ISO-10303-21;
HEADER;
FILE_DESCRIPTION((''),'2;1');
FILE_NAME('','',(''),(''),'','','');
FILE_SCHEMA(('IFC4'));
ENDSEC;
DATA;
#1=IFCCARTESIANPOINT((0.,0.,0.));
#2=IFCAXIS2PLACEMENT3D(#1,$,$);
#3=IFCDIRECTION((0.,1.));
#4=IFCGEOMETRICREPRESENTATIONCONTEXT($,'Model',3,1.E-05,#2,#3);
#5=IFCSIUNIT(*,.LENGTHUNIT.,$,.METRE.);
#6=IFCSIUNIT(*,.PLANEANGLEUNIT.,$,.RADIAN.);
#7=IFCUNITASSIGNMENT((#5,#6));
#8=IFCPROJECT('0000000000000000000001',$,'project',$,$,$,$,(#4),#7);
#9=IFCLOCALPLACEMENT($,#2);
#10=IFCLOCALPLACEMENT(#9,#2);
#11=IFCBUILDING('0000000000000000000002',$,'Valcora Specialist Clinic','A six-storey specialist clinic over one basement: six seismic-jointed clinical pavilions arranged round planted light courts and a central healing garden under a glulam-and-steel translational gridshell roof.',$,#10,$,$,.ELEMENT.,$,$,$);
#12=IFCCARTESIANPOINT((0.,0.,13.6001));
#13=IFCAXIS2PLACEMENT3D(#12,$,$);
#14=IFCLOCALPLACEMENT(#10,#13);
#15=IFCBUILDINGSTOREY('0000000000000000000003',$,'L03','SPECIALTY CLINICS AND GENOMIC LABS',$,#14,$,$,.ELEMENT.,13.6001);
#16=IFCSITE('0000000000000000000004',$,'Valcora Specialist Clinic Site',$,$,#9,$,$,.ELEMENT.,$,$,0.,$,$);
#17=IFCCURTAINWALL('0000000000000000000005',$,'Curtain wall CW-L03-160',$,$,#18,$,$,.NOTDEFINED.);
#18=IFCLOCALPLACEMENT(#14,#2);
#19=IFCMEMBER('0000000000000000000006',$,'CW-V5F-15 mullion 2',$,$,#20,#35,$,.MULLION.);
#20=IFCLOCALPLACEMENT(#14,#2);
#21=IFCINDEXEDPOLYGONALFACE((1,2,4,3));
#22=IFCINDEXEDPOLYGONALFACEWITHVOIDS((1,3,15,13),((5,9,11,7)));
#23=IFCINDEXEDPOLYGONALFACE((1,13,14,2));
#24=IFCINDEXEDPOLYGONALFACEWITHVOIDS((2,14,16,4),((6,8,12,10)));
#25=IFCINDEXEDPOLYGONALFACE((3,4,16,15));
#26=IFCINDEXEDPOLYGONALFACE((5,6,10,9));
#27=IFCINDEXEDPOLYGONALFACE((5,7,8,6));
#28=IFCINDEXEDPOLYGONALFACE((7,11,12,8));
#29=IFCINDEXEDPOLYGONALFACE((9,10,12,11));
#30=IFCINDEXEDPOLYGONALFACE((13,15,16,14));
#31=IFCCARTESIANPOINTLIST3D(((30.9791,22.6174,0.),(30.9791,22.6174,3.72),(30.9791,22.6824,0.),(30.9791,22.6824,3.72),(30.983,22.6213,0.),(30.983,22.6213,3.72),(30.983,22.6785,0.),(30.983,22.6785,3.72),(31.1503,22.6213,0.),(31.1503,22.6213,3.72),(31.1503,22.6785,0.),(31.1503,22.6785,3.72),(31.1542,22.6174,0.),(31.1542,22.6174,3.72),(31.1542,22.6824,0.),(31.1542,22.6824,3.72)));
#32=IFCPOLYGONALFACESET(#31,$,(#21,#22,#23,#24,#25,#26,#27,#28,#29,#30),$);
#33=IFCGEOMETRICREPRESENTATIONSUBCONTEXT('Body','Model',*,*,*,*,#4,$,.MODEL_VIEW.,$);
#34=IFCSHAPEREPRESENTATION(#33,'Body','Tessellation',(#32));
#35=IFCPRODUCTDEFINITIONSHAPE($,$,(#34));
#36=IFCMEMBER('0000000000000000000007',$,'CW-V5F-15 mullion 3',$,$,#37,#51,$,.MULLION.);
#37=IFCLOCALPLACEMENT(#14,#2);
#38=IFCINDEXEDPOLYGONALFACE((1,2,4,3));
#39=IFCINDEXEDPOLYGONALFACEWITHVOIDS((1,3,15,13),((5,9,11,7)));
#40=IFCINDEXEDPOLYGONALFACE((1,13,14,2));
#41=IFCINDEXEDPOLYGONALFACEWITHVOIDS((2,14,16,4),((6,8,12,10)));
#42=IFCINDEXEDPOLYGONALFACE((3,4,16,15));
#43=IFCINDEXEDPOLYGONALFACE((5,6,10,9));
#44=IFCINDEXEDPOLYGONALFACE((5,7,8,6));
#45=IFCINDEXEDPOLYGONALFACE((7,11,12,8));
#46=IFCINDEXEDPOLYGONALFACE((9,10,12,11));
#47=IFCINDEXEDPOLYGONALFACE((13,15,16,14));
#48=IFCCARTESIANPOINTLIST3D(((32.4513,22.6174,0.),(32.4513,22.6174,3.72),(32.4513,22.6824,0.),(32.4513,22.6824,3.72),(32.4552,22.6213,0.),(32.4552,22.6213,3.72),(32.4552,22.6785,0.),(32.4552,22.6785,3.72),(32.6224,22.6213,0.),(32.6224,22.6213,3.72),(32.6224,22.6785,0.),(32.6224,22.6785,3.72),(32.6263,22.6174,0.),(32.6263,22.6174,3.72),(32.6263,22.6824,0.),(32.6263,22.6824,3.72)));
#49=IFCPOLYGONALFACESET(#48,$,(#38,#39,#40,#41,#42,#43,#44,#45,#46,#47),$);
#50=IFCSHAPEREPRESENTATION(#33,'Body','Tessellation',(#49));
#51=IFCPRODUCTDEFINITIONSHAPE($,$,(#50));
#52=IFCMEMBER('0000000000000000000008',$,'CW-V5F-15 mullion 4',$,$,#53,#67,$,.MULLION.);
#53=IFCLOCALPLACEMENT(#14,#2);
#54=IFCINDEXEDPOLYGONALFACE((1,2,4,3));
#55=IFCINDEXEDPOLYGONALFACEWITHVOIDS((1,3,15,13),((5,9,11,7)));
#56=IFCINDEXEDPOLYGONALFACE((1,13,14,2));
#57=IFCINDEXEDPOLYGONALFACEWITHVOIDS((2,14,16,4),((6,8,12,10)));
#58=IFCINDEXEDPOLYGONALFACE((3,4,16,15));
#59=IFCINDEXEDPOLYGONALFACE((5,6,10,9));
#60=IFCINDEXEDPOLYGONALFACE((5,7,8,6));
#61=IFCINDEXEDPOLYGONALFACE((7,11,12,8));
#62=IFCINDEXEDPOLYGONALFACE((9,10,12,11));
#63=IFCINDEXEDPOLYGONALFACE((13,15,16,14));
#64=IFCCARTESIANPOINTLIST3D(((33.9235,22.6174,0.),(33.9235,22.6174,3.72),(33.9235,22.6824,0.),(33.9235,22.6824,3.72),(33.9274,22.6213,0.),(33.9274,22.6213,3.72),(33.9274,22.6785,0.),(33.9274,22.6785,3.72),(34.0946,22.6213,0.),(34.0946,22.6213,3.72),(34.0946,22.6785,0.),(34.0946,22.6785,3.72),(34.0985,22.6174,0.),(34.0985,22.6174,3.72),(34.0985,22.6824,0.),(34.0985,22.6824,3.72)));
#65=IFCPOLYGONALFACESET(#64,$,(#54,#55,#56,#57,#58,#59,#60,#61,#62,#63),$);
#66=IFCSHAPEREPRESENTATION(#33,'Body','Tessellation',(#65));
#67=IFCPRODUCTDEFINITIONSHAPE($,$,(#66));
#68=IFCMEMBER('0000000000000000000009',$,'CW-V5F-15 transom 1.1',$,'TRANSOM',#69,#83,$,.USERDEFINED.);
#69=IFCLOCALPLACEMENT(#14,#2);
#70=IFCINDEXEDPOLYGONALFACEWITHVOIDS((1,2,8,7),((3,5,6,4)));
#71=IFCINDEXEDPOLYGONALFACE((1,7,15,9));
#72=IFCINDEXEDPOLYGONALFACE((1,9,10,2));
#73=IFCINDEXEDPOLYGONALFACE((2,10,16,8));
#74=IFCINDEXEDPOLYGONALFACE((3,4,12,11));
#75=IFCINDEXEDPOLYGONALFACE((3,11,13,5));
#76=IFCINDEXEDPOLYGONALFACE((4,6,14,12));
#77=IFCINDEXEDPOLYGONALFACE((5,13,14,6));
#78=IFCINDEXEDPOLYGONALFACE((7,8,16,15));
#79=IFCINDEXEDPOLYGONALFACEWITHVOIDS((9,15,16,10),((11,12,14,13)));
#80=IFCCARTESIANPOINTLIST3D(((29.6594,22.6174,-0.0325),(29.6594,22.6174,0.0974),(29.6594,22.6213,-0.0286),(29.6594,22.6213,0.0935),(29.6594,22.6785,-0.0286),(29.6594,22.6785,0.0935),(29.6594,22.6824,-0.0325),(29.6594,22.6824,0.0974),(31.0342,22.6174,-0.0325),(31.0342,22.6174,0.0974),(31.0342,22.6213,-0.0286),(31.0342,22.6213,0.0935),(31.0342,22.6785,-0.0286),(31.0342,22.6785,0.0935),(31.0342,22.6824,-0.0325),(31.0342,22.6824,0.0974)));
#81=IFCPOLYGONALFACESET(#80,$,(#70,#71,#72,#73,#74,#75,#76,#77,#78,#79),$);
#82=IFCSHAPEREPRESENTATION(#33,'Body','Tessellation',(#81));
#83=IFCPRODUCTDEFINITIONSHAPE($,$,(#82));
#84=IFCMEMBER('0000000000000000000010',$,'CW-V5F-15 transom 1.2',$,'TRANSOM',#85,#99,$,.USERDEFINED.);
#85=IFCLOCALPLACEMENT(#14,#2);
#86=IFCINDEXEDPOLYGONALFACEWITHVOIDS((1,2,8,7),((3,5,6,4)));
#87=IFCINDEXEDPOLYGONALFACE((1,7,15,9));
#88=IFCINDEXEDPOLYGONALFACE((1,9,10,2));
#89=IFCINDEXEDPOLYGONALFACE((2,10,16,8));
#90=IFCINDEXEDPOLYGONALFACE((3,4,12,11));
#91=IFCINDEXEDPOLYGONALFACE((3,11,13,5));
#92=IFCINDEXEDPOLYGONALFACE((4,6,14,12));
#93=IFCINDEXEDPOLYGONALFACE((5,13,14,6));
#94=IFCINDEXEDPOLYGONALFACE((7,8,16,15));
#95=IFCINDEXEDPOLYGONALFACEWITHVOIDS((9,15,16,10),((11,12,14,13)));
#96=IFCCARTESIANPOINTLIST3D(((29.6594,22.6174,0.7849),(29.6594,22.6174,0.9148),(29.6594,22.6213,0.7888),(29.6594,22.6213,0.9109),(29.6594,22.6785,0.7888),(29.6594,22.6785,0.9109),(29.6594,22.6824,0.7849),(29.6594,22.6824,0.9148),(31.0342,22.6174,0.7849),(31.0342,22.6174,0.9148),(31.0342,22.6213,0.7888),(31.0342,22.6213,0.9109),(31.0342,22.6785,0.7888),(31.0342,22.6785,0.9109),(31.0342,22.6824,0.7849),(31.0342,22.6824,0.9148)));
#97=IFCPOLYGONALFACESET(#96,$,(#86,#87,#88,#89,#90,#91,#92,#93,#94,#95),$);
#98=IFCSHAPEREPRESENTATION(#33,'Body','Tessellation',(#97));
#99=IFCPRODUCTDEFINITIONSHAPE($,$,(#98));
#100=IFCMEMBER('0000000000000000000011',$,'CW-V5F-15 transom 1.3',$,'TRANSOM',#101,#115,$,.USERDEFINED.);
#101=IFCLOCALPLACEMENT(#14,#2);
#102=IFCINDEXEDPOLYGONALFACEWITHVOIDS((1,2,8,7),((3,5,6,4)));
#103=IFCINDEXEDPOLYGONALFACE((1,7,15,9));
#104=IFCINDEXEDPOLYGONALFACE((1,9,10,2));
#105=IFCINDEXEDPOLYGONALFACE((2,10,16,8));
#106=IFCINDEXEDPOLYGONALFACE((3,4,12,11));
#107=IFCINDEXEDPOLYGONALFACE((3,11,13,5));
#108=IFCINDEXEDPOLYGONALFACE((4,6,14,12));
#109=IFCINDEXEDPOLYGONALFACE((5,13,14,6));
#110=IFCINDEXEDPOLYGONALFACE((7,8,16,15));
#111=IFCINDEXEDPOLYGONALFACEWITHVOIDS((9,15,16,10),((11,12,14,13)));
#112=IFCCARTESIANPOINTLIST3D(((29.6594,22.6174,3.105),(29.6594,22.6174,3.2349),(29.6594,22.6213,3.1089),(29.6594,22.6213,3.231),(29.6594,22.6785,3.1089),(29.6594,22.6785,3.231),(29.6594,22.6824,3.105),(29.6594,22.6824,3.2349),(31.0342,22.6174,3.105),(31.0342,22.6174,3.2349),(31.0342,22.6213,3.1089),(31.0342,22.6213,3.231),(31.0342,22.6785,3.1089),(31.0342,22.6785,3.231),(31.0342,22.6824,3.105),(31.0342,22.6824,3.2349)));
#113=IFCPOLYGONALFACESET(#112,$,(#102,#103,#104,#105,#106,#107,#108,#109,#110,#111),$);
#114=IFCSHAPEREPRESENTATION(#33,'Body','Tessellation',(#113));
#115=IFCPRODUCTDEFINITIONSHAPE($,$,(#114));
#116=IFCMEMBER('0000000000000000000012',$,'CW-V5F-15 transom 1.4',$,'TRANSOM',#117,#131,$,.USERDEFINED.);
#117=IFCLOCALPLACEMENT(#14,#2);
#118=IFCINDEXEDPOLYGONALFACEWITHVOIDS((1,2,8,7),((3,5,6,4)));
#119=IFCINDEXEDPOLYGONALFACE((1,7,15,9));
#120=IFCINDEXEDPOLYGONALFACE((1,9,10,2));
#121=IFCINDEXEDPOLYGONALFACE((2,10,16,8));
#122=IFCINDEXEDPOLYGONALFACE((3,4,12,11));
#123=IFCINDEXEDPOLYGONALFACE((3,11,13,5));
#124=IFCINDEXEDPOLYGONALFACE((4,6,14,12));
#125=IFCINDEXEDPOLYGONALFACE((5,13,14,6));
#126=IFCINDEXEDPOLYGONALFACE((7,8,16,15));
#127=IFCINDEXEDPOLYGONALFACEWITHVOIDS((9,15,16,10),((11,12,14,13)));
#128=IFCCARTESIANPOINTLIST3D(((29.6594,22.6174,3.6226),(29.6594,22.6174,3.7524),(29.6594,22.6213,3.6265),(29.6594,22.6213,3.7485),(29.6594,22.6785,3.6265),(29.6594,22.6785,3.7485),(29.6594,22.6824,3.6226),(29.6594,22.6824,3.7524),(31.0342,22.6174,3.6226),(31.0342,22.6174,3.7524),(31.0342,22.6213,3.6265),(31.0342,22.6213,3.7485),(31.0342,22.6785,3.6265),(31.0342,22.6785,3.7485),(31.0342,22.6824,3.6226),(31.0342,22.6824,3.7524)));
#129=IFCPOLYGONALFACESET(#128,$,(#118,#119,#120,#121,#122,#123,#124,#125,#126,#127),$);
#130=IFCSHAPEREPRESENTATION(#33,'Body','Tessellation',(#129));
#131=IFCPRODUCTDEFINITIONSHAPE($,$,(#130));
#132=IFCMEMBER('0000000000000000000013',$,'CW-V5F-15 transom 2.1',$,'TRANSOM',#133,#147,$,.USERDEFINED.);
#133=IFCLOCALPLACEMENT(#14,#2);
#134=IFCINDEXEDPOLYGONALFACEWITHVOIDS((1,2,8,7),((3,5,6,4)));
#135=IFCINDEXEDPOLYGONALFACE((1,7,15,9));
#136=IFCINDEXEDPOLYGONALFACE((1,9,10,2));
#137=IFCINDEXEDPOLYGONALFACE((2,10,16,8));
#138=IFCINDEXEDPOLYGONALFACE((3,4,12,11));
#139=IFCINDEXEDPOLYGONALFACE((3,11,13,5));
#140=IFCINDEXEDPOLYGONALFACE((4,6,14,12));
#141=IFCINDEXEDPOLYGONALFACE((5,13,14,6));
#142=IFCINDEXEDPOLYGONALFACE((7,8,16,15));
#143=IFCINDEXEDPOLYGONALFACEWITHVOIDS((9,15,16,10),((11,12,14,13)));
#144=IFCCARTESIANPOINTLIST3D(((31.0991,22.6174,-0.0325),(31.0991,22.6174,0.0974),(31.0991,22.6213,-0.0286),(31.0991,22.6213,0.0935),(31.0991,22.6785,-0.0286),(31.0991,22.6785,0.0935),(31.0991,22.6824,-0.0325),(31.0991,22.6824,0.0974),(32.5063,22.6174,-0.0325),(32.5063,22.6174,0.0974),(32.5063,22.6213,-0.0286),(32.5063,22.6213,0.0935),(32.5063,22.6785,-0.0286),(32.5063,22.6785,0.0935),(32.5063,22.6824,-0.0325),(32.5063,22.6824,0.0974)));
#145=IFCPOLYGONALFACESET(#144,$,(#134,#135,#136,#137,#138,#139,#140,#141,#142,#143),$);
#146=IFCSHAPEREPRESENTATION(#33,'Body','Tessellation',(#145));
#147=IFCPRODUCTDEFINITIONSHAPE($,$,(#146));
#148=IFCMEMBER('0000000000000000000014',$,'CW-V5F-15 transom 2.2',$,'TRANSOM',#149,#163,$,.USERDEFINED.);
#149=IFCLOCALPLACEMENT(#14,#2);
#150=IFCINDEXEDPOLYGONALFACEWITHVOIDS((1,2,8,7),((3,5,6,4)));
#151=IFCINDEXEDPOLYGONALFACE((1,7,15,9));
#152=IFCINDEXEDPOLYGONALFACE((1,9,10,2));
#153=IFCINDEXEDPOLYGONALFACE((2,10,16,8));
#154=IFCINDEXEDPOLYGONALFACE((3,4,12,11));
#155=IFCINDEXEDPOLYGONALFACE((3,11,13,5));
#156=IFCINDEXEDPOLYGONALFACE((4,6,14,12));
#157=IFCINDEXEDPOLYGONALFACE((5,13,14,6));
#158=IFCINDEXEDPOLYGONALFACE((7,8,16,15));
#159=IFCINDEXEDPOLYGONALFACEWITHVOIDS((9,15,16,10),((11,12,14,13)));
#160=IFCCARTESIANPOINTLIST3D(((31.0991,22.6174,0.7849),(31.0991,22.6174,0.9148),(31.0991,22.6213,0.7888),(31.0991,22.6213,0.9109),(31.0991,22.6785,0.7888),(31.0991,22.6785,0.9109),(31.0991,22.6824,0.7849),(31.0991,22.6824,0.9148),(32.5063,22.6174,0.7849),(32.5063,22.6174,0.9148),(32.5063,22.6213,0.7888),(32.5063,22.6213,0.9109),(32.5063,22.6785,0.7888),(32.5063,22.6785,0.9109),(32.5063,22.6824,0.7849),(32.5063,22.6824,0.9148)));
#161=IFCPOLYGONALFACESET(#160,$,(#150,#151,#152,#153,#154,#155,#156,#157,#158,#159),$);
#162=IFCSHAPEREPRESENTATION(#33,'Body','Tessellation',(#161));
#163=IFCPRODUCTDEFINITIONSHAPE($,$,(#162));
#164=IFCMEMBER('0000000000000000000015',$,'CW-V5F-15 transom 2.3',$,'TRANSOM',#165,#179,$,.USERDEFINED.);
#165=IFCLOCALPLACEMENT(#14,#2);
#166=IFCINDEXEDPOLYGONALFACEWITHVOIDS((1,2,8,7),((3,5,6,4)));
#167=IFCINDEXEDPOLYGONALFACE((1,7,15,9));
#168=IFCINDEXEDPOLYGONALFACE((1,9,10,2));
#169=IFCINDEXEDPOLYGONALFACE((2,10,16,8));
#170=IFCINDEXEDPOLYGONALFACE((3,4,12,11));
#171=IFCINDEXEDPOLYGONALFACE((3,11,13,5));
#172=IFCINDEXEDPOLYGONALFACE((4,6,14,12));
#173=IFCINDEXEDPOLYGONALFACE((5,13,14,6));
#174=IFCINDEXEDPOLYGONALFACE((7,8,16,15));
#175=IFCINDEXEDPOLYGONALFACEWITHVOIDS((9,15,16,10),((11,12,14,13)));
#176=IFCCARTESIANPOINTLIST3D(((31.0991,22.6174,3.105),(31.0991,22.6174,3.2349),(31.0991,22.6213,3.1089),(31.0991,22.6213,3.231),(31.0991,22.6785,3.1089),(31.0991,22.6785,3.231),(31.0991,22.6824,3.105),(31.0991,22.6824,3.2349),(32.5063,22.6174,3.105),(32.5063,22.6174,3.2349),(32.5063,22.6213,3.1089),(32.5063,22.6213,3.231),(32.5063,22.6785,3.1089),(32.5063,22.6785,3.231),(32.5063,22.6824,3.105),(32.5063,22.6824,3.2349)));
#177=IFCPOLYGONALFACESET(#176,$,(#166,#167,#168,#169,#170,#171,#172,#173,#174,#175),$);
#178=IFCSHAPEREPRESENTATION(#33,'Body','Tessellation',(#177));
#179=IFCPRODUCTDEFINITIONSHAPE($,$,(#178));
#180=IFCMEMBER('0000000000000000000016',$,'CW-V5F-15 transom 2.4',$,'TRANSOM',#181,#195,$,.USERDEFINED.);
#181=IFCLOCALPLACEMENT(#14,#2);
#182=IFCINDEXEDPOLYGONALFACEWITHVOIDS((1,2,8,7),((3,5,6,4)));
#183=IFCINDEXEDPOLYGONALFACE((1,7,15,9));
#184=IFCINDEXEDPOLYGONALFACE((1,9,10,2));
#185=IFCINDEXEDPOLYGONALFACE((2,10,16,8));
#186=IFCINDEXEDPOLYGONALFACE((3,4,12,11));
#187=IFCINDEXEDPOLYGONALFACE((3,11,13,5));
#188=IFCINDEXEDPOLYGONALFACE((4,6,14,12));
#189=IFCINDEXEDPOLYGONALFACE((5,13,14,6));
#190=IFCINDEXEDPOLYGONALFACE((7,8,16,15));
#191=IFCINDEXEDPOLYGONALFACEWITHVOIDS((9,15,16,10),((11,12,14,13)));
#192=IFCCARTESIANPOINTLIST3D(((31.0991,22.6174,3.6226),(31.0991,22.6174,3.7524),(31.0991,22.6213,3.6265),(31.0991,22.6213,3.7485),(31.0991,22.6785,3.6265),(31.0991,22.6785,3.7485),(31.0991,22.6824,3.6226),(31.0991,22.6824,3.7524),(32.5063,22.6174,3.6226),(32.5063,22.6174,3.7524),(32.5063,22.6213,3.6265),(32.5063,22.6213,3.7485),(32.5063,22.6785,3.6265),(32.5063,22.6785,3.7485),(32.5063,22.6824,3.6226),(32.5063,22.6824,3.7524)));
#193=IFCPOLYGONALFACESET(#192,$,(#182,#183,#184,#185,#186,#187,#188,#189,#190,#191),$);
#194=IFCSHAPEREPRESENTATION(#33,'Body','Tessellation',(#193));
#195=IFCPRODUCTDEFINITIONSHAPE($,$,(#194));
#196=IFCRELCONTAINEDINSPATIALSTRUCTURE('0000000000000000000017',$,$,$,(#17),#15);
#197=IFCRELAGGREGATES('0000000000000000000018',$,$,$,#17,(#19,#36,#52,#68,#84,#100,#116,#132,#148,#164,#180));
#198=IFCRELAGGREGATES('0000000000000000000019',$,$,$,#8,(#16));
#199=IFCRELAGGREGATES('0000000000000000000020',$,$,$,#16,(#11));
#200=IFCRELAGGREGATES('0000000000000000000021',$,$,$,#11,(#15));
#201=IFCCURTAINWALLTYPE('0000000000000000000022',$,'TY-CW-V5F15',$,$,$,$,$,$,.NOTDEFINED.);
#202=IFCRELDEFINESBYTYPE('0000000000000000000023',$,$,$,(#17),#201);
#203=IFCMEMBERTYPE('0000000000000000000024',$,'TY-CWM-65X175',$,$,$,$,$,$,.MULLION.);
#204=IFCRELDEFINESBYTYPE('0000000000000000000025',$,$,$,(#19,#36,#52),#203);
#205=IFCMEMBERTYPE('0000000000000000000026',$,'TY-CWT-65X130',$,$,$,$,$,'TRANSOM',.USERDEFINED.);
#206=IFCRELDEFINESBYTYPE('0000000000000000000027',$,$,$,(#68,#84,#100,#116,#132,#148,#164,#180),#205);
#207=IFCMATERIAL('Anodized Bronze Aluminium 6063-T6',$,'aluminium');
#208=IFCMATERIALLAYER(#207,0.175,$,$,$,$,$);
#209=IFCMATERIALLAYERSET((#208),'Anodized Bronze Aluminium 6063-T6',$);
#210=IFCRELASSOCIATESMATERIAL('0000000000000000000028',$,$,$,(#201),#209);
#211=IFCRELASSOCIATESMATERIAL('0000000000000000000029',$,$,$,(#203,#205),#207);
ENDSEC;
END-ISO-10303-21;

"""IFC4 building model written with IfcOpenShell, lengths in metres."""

from ifc_helpers import new_model, si_unit, direction, frame, origin, origin_2d, place, context, subcontext, project, spatial, hollow_rectangle, extrude, material, layer, layer_set, material_profile, profile_set, type_object, element, aggregate, save


model = new_model("IFC4")

# Units and contexts
model_context = context("Model", 3, precision=1e-05, world=origin(), true_north=direction((0.0, 1.0)))
body_context = subcontext(model_context, "Body", "Model", "MODEL_VIEW")
ifc_project = project(units=[si_unit("LENGTHUNIT", "METRE"), si_unit("PLANEANGLEUNIT", "RADIAN")], contexts=[model_context])

# Site, building, storey
site_placement = place(None, origin())
site = spatial("IfcSite", under=ifc_project, at=site_placement, Name="Valcora Specialist Clinic Site", CompositionType="ELEMENT", RefElevation=0.0)
building_placement = place(site_placement, origin())
building = spatial("IfcBuilding", under=site, at=building_placement, Name="Valcora Specialist Clinic", Description="A six-storey specialist clinic over one basement: six seismic-jointed clinical pavilions arranged round planted light courts and a central healing garden under a glulam-and-steel translational gridshell roof.", CompositionType="ELEMENT")
storey_placement = place(building_placement, frame((0.0, 0.0, 13.6001)))
storey = spatial("IfcBuildingStorey", under=building, at=storey_placement, Name="L03", Description="SPECIALTY CLINICS AND GENOMIC LABS", CompositionType="ELEMENT", Elevation=13.6001)

# Curtain wall, members
ifc_material_1 = material(Name="Anodized Bronze Aluminium 6063-T6", Category="aluminium")
ifc_layer_1 = layer(ifc_material_1, 0.175)
ifc_layer_set_1 = layer_set([ifc_layer_1], Name="Anodized Bronze Aluminium 6063-T6")
curtain_wall_type = type_object("IfcCurtainWallType", Name="TY-CW-V5F15", PredefinedType="NOTDEFINED", material=ifc_layer_set_1)
curtain_wall_placement = place(storey_placement, origin())
curtain_wall = element("IfcCurtainWall", 1, at=curtain_wall_placement, inside=storey, type_object=curtain_wall_type, Name="Curtain wall CW-L03-160", PredefinedType="NOTDEFINED")
ifc_material_profile_1 = material_profile(ifc_material_1, hollow_rectangle(XDim=0.0649, YDim=0.175, WallThickness=0.0039, at=origin_2d()), Name="AL-MUL-65X175")
ifc_profile_set_1 = profile_set([ifc_material_profile_1], Name="Anodized Bronze Aluminium 6063-T6")
member_type_1 = type_object("IfcMemberType", Name="TY-CWM-65X175", PredefinedType="MULLION", material=ifc_profile_set_1)
member_1_placement = place(storey_placement, frame((31.0667, 22.6499, 0.0), z_axis=(0.0, 0.0, 1.0), x_axis=(0.0, 1.0, 0.0)))
member_1 = element("IfcMember", 2, at=member_1_placement, type_object=member_type_1, Name="CW-V5F-15 mullion 2", PredefinedType="MULLION", context=body_context, shape_type="SweptSolid", body=[
    extrude(hollow_rectangle(XDim=0.0649, YDim=0.175, WallThickness=0.0039, at=origin_2d()), origin(), (0.0, 0.0, 1.0), 3.72),
])
member_2_placement = place(storey_placement, frame((32.5388, 22.6499, 0.0), z_axis=(0.0, 0.0, 1.0), x_axis=(0.0, 1.0, 0.0)))
member_2 = element("IfcMember", 3, at=member_2_placement, type_object=member_type_1, Name="CW-V5F-15 mullion 3", PredefinedType="MULLION", context=body_context, shape_type="SweptSolid", body=[
    extrude(hollow_rectangle(XDim=0.0649, YDim=0.175, WallThickness=0.0039, at=origin_2d()), origin(), (0.0, 0.0, 1.0), 3.72),
])
member_3_placement = place(storey_placement, frame((34.011, 22.6499, 0.0), z_axis=(0.0, 0.0, 1.0), x_axis=(0.0, 1.0, 0.0)))
member_3 = element("IfcMember", 4, at=member_3_placement, type_object=member_type_1, Name="CW-V5F-15 mullion 4", PredefinedType="MULLION", context=body_context, shape_type="SweptSolid", body=[
    extrude(hollow_rectangle(XDim=0.0649, YDim=0.175, WallThickness=0.0039, at=origin_2d()), origin(), (0.0, 0.0, 1.0), 3.72),
])
ifc_material_profile_2 = material_profile(ifc_material_1, hollow_rectangle(XDim=0.0649, YDim=0.1299, WallThickness=0.0039, at=origin_2d()), Name="AL-TRN-65X130")
ifc_profile_set_2 = profile_set([ifc_material_profile_2], Name="Anodized Bronze Aluminium 6063-T6")
member_type_2 = type_object("IfcMemberType", Name="TY-CWT-65X130", ElementType="TRANSOM", PredefinedType="USERDEFINED", material=ifc_profile_set_2)
member_4_placement = place(storey_placement, frame((29.6594, 22.6499, 0.0325), z_axis=(1.0, 0.0, 0.0), x_axis=(0.0, 1.0, 0.0)))
member_4 = element("IfcMember", 5, at=member_4_placement, type_object=member_type_2, Name="CW-V5F-15 transom 1.1", ObjectType="TRANSOM", PredefinedType="USERDEFINED", context=body_context, shape_type="SweptSolid", body=[
    extrude(hollow_rectangle(XDim=0.0649, YDim=0.1299, WallThickness=0.0039, at=origin_2d()), origin(), (0.0, 0.0, 1.0), 1.3748),
])
member_5_placement = place(storey_placement, frame((29.6594, 22.6499, 0.8499), z_axis=(1.0, 0.0, 0.0), x_axis=(0.0, 1.0, 0.0)))
member_5 = element("IfcMember", 6, at=member_5_placement, type_object=member_type_2, Name="CW-V5F-15 transom 1.2", ObjectType="TRANSOM", PredefinedType="USERDEFINED", context=body_context, shape_type="SweptSolid", body=[
    extrude(hollow_rectangle(XDim=0.0649, YDim=0.1299, WallThickness=0.0039, at=origin_2d()), origin(), (0.0, 0.0, 1.0), 1.3748),
])
member_6_placement = place(storey_placement, frame((29.6594, 22.6499, 3.1699), z_axis=(1.0, 0.0, 0.0), x_axis=(0.0, 1.0, 0.0)))
member_6 = element("IfcMember", 7, at=member_6_placement, type_object=member_type_2, Name="CW-V5F-15 transom 1.3", ObjectType="TRANSOM", PredefinedType="USERDEFINED", context=body_context, shape_type="SweptSolid", body=[
    extrude(hollow_rectangle(XDim=0.0649, YDim=0.1299, WallThickness=0.0039, at=origin_2d()), origin(), (0.0, 0.0, 1.0), 1.3748),
])
member_7_placement = place(storey_placement, frame((29.6594, 22.6499, 3.6875), z_axis=(1.0, 0.0, 0.0), x_axis=(0.0, 1.0, 0.0)))
member_7 = element("IfcMember", 8, at=member_7_placement, type_object=member_type_2, Name="CW-V5F-15 transom 1.4", ObjectType="TRANSOM", PredefinedType="USERDEFINED", context=body_context, shape_type="SweptSolid", body=[
    extrude(hollow_rectangle(XDim=0.0649, YDim=0.1299, WallThickness=0.0039, at=origin_2d()), origin(), (0.0, 0.0, 1.0), 1.3748),
])
member_8_placement = place(storey_placement, frame((31.0991, 22.6499, 0.0325), z_axis=(1.0, 0.0, 0.0), x_axis=(0.0, 1.0, 0.0)))
member_8 = element("IfcMember", 9, at=member_8_placement, type_object=member_type_2, Name="CW-V5F-15 transom 2.1", ObjectType="TRANSOM", PredefinedType="USERDEFINED", context=body_context, shape_type="SweptSolid", body=[
    extrude(hollow_rectangle(XDim=0.0649, YDim=0.1299, WallThickness=0.0039, at=origin_2d()), origin(), (0.0, 0.0, 1.0), 1.4072),
])
member_9_placement = place(storey_placement, frame((31.0991, 22.6499, 0.8499), z_axis=(1.0, 0.0, 0.0), x_axis=(0.0, 1.0, 0.0)))
member_9 = element("IfcMember", 10, at=member_9_placement, type_object=member_type_2, Name="CW-V5F-15 transom 2.2", ObjectType="TRANSOM", PredefinedType="USERDEFINED", context=body_context, shape_type="SweptSolid", body=[
    extrude(hollow_rectangle(XDim=0.0649, YDim=0.1299, WallThickness=0.0039, at=origin_2d()), origin(), (0.0, 0.0, 1.0), 1.4072),
])
member_10_placement = place(storey_placement, frame((31.0991, 22.6499, 3.1699), z_axis=(1.0, 0.0, 0.0), x_axis=(0.0, 1.0, 0.0)))
member_10 = element("IfcMember", 11, at=member_10_placement, type_object=member_type_2, Name="CW-V5F-15 transom 2.3", ObjectType="TRANSOM", PredefinedType="USERDEFINED", context=body_context, shape_type="SweptSolid", body=[
    extrude(hollow_rectangle(XDim=0.0649, YDim=0.1299, WallThickness=0.0039, at=origin_2d()), origin(), (0.0, 0.0, 1.0), 1.4072),
])
member_11_placement = place(storey_placement, frame((31.0991, 22.6499, 3.6875), z_axis=(1.0, 0.0, 0.0), x_axis=(0.0, 1.0, 0.0)))
member_11 = element("IfcMember", 12, at=member_11_placement, type_object=member_type_2, Name="CW-V5F-15 transom 2.4", ObjectType="TRANSOM", PredefinedType="USERDEFINED", context=body_context, shape_type="SweptSolid", body=[
    extrude(hollow_rectangle(XDim=0.0649, YDim=0.1299, WallThickness=0.0039, at=origin_2d()), origin(), (0.0, 0.0, 1.0), 1.4072),
])
aggregate(curtain_wall, [member_1, member_2, member_3, member_4, member_5, member_6, member_7, member_8, member_9, member_10, member_11])

save(model, "model.ifc")
